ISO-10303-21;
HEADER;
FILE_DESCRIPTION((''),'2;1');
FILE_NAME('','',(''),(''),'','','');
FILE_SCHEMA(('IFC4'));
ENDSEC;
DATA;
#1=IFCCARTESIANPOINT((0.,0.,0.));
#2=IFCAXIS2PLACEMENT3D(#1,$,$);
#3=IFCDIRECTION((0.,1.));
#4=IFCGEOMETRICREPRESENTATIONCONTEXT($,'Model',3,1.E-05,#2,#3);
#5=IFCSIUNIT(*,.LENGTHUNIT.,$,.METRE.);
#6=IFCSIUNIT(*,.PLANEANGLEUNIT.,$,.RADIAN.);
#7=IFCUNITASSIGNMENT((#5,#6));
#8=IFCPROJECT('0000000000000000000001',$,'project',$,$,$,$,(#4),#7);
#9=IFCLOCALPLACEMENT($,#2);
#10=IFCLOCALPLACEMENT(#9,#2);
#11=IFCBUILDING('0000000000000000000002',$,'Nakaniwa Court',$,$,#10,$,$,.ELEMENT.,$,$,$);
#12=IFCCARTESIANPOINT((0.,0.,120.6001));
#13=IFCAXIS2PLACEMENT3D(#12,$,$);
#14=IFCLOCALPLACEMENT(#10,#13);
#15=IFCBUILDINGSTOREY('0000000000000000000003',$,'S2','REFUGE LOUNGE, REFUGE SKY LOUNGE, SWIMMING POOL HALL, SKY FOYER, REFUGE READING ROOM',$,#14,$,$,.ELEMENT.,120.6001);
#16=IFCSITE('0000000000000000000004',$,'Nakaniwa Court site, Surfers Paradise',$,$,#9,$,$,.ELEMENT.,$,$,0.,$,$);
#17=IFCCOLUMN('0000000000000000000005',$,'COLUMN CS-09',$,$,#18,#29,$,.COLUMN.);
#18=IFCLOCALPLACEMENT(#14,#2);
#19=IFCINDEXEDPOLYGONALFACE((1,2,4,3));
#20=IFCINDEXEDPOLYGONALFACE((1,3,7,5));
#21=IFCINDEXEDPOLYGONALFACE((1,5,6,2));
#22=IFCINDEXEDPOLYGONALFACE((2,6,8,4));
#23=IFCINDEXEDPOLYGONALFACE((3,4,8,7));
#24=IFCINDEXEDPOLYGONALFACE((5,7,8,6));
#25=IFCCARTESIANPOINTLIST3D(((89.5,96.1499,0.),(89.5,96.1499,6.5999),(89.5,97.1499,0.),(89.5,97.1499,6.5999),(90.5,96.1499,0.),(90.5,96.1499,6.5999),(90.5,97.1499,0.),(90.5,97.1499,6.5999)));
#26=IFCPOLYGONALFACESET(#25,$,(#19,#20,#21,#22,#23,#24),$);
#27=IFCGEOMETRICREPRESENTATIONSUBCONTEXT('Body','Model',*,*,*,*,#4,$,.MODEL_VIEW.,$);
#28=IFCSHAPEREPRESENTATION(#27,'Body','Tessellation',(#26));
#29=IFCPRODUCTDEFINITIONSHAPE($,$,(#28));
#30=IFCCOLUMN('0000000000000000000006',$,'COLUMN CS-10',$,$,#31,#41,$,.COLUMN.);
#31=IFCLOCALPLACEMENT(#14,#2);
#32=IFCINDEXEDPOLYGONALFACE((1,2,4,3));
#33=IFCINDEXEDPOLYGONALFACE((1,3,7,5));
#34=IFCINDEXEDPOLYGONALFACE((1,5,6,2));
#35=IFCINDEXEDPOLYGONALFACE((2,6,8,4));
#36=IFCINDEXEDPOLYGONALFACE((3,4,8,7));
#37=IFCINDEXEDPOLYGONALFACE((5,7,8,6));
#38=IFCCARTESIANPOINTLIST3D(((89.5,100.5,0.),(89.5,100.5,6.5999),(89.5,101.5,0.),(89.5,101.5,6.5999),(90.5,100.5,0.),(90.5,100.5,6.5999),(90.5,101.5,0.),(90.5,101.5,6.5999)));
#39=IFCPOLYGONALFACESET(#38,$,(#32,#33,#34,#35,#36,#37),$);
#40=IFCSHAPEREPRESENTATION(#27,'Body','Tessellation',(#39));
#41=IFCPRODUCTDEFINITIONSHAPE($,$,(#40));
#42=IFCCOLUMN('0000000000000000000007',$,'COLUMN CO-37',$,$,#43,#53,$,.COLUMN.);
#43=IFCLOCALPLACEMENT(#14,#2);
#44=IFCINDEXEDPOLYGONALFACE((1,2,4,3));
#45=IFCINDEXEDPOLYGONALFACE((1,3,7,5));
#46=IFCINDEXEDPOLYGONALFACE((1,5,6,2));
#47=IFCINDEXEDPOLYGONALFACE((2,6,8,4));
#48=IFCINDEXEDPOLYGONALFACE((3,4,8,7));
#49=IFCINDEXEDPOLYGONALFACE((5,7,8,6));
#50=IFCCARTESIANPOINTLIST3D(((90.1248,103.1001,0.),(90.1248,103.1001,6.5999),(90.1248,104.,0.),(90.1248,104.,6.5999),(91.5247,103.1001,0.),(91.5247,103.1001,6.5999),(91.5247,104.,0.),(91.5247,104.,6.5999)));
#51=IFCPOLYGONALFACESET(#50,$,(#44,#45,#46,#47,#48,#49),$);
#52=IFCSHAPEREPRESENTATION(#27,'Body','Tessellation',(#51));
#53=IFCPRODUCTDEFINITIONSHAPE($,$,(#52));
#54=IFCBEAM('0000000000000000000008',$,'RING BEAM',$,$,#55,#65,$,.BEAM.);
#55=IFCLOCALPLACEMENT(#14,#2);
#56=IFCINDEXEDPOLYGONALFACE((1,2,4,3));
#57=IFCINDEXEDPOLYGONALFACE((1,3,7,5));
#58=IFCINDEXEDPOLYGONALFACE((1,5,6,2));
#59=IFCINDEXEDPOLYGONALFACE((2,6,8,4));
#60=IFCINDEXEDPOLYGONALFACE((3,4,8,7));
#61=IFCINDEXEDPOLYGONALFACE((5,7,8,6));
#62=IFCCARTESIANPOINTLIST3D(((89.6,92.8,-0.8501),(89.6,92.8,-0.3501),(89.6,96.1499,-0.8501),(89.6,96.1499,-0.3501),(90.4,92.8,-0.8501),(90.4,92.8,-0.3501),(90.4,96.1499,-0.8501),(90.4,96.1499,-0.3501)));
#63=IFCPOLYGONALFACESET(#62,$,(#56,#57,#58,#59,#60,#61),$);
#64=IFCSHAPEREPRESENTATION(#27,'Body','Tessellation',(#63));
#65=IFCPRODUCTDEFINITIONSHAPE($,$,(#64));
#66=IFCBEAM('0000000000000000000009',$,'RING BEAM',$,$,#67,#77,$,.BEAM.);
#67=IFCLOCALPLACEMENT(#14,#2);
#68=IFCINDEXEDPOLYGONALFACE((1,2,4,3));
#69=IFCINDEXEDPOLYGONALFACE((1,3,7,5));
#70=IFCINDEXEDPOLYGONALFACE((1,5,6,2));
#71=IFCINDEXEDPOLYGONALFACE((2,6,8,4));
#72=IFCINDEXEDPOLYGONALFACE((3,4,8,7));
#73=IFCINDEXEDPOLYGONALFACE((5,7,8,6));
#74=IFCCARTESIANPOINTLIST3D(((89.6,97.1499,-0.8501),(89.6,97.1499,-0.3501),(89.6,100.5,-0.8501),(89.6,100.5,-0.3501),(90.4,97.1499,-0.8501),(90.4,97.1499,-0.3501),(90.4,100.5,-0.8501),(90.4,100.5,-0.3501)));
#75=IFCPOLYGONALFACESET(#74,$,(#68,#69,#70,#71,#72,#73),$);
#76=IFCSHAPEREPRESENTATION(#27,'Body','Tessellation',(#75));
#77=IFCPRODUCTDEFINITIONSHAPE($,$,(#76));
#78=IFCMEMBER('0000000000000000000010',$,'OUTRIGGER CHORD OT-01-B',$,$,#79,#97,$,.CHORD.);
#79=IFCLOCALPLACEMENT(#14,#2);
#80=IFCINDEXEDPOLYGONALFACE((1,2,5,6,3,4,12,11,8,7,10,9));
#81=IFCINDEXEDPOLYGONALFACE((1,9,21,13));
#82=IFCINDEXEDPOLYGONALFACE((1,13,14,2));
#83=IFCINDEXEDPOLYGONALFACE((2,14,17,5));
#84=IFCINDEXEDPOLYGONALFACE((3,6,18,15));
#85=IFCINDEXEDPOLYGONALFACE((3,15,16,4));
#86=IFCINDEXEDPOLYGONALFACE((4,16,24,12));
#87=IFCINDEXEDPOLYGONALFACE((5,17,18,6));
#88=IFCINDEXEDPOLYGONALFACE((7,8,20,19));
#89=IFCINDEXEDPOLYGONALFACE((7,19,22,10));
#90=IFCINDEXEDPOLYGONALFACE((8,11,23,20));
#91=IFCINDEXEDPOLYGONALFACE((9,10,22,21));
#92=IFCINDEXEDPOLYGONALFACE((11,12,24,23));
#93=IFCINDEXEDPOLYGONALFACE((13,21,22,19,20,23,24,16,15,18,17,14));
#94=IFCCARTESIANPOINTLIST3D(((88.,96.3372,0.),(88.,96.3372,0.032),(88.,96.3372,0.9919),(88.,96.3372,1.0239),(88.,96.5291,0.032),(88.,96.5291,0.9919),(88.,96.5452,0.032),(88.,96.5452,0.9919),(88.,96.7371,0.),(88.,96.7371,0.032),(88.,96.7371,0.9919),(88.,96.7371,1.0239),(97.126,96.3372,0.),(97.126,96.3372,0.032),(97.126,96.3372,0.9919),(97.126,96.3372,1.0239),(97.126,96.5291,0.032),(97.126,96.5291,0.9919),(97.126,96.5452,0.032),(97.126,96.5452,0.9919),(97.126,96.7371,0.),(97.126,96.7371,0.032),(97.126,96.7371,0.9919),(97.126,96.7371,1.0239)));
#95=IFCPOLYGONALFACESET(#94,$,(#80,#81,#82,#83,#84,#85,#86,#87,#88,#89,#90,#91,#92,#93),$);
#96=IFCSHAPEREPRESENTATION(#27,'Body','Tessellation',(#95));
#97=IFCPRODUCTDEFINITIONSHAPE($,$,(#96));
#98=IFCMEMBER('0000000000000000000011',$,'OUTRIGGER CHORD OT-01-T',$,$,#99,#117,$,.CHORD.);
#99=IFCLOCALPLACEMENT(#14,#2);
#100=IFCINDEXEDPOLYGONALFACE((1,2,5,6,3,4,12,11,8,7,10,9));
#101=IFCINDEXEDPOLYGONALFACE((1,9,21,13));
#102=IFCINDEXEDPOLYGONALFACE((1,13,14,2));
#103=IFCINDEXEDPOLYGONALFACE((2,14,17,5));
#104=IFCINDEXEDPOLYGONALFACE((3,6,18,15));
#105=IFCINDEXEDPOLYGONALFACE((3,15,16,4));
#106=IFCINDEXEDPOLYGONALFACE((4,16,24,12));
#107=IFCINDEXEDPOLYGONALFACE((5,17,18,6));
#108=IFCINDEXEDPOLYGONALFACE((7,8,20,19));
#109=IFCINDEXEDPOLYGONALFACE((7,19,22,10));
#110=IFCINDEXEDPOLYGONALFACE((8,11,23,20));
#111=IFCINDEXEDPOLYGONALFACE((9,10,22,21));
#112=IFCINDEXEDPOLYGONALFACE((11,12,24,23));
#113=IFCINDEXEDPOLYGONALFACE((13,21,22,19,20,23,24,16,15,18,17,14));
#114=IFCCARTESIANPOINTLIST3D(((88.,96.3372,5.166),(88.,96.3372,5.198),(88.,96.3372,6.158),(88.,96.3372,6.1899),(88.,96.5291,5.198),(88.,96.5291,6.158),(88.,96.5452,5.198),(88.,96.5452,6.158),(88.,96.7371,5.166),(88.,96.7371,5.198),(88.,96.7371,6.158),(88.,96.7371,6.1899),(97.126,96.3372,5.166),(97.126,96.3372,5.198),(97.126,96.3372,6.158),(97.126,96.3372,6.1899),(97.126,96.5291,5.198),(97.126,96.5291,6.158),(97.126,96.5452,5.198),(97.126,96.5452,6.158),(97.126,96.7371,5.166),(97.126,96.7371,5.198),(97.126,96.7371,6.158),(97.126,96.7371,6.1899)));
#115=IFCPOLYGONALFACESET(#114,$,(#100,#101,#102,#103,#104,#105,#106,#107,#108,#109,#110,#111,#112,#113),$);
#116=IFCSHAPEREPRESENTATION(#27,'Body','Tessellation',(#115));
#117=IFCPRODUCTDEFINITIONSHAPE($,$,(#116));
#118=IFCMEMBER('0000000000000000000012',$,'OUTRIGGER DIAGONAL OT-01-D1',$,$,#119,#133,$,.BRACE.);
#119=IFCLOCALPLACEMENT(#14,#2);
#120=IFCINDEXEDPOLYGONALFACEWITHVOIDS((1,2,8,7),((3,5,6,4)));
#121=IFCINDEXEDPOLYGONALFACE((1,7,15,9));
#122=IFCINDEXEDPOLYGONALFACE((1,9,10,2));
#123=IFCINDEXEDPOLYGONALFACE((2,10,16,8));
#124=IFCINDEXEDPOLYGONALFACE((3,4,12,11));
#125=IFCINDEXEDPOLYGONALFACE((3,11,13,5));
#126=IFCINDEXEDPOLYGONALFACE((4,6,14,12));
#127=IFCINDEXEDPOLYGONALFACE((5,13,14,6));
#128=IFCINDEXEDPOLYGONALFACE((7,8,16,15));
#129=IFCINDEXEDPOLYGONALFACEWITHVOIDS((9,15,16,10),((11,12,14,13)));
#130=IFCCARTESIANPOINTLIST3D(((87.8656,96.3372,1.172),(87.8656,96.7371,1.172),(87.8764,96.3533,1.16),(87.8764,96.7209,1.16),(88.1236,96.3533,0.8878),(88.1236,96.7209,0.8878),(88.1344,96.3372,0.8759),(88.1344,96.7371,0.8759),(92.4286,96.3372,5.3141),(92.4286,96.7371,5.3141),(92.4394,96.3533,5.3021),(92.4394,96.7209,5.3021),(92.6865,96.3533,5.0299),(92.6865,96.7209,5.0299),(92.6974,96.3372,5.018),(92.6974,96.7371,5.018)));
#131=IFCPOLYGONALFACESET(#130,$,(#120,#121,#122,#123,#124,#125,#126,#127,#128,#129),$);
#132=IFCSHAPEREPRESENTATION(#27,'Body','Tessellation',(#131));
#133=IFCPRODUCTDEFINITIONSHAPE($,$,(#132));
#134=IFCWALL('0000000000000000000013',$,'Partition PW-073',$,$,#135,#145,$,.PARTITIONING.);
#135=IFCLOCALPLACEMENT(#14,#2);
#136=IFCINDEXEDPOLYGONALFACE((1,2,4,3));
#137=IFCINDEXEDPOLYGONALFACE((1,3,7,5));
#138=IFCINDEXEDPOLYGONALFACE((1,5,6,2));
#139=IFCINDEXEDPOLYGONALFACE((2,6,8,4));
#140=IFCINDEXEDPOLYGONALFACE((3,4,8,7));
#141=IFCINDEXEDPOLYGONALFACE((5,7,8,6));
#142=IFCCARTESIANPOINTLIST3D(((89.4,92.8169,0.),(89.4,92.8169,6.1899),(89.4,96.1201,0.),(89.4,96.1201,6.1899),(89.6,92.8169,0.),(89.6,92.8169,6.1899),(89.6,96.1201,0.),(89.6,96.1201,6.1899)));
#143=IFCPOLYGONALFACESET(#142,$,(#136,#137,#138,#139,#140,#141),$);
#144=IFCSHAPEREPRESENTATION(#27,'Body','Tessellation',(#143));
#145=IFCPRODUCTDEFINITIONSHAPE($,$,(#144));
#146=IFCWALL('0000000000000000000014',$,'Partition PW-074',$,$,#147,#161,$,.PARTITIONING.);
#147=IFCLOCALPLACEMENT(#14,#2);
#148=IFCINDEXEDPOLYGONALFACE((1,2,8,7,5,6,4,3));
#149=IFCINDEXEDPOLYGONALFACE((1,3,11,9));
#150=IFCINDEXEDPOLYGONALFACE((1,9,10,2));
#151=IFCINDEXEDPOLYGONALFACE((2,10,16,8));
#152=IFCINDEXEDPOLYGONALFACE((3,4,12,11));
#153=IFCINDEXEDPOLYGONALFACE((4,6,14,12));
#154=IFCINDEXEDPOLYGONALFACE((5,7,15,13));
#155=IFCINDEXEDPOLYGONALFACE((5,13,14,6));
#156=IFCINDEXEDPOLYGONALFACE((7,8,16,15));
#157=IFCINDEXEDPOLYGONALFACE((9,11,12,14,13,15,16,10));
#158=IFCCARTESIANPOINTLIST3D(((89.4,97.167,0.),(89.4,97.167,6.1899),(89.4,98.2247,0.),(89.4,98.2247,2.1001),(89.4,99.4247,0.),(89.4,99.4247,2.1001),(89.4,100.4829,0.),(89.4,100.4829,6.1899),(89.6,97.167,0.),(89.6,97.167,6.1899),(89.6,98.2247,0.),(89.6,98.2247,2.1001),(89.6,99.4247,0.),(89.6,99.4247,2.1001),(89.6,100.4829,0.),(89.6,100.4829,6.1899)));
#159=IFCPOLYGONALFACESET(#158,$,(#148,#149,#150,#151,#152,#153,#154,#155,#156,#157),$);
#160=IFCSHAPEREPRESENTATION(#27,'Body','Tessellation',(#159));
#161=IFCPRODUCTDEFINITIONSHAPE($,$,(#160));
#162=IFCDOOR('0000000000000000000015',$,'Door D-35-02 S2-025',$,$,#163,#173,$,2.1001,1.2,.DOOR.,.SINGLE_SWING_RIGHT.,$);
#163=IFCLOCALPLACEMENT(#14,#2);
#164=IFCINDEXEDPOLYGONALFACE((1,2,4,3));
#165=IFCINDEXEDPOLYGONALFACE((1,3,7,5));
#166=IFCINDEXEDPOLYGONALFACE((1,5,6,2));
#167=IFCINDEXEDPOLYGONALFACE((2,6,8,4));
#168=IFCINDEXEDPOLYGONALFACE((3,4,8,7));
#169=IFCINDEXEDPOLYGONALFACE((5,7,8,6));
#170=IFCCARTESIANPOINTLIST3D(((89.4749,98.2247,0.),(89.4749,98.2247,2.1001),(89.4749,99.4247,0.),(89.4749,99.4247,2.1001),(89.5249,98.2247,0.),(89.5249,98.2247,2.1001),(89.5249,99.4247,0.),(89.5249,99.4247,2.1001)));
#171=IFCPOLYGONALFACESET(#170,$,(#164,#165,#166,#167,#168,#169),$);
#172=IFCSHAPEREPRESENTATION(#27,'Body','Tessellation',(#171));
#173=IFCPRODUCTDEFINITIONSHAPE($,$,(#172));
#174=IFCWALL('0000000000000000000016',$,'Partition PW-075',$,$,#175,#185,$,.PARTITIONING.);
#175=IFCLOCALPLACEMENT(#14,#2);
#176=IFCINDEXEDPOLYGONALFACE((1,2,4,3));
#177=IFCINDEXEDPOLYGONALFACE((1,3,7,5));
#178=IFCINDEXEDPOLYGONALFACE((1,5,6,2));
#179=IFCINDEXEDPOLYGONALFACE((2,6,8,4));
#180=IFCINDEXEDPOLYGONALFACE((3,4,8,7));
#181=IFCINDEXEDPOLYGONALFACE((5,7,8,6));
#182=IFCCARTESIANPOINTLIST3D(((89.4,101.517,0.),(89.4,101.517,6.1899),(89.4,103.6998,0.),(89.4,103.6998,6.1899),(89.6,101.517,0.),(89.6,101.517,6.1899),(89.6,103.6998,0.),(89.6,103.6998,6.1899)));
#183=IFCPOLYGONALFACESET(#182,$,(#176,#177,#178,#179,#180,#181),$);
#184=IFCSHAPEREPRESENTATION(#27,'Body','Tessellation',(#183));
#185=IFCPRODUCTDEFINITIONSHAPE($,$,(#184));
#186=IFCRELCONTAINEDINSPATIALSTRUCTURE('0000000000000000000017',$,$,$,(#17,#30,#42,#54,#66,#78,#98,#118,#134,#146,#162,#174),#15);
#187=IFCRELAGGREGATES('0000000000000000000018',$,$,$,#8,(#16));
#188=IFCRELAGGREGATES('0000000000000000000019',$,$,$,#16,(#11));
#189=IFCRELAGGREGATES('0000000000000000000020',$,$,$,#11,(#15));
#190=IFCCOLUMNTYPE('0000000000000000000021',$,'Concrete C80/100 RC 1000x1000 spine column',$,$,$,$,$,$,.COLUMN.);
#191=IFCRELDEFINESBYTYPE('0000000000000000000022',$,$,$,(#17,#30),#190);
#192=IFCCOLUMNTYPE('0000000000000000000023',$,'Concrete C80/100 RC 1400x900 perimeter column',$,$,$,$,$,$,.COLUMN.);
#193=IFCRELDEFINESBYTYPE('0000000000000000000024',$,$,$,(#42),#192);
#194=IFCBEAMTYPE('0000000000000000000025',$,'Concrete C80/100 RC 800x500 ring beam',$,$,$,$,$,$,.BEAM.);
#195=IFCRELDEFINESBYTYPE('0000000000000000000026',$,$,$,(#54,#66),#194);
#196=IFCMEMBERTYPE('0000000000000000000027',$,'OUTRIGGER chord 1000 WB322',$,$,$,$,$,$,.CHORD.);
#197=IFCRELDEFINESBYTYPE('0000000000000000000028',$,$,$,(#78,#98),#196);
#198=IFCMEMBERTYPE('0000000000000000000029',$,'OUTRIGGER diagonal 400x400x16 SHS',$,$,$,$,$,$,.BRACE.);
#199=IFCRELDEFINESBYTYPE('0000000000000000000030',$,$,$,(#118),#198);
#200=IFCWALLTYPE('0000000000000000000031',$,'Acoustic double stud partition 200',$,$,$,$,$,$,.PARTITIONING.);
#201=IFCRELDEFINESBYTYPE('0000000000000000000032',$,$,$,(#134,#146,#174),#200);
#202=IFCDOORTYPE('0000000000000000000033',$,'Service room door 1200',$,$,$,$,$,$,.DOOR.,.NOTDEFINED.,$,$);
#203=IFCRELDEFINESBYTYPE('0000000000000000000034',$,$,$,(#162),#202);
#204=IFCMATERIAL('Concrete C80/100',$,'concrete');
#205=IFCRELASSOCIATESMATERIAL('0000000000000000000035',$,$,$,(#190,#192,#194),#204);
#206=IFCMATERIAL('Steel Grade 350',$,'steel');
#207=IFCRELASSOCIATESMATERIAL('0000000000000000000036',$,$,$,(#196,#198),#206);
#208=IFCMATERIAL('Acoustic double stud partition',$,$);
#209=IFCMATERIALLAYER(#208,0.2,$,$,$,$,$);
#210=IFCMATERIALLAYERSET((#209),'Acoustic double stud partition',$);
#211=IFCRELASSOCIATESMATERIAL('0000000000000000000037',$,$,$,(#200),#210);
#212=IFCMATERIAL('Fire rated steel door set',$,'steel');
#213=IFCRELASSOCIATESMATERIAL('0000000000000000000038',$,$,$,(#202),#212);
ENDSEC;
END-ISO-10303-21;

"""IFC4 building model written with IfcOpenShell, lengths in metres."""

from ifc_helpers import new_model, si_unit, direction, frame, frame_2d, origin, origin_2d, place, context, subcontext, project, spatial, rectangle, hollow_rectangle, i_section, extrude, material, layer, layer_set, material_profile, profile_set, type_object, element, fill, save


model = new_model("IFC4")

# Units and contexts
model_context = context("Model", 3, precision=1e-05, world=origin(), true_north=direction((0.0, 1.0)))
body_context = subcontext(model_context, "Body", "Model", "MODEL_VIEW")
ifc_project = project(units=[si_unit("LENGTHUNIT", "METRE"), si_unit("PLANEANGLEUNIT", "RADIAN")], contexts=[model_context])

# Site, building, storey
site_placement = place(None, origin())
site = spatial("IfcSite", under=ifc_project, at=site_placement, Name="Nakaniwa Court site, Surfers Paradise", CompositionType="ELEMENT", RefElevation=0.0)
building_placement = place(site_placement, origin())
building = spatial("IfcBuilding", under=site, at=building_placement, Name="Nakaniwa Court", CompositionType="ELEMENT")
storey_placement = place(building_placement, frame((0.0, 0.0, 120.6001)))
storey = spatial("IfcBuildingStorey", under=building, at=storey_placement, Name="S2", Description="REFUGE LOUNGE, REFUGE SKY LOUNGE, SWIMMING POOL HALL, SKY FOYER, REFUGE READING ROOM", CompositionType="ELEMENT", Elevation=120.6001)

# Columns
ifc_material_1 = material(Name="Concrete C80/100", Category="concrete")
ifc_material_profile_1 = material_profile(ifc_material_1, rectangle(XDim=1.0, YDim=1.0, at=origin_2d()), Name="Concrete C80/100 RC 1000x1000 spine column")
ifc_profile_set_1 = profile_set([ifc_material_profile_1], Name="Concrete C80/100")
column_type_1 = type_object("IfcColumnType", Name="Concrete C80/100 RC 1000x1000 spine column", PredefinedType="COLUMN", material=ifc_profile_set_1)
for number, where, z_axis, x_axis, name in (
    (1, (90.0, 96.6499, 0.0), (0.0, 0.0, 1.0), (0.0, 1.0, 0.0), "COLUMN CS-09"),
    (2, (90.0, 101.0, 0.0), (0.0, 0.0, 1.0), (0.0, 1.0, 0.0), "COLUMN CS-10"),
):
    element("IfcColumn", number, at=place(storey_placement, frame(where, z_axis=z_axis, x_axis=x_axis)), inside=storey, type_object=column_type_1, Name=name, PredefinedType="COLUMN", context=body_context, shape_type="SweptSolid", body=[
        extrude(rectangle(XDim=1.0, YDim=1.0, at=origin_2d()), origin(), (0.0, 0.0, 1.0), 6.5999),
    ])
ifc_material_profile_2 = material_profile(ifc_material_1, rectangle(XDim=1.3999, YDim=0.8999, at=origin_2d()), Name="Concrete C80/100 RC 1400x900 perimeter column")
ifc_profile_set_2 = profile_set([ifc_material_profile_2], Name="Concrete C80/100")
column_type_2 = type_object("IfcColumnType", Name="Concrete C80/100 RC 1400x900 perimeter column", PredefinedType="COLUMN", material=ifc_profile_set_2)
column_placement = place(storey_placement, frame((90.8247, 103.55, 0.0), z_axis=(0.0, 0.0, 1.0), x_axis=(-1.0, 0.0, 0.0)))
element("IfcColumn", 3, at=column_placement, inside=storey, type_object=column_type_2, Name="COLUMN CO-37", PredefinedType="COLUMN", context=body_context, shape_type="SweptSolid", body=[
    extrude(rectangle(XDim=1.3999, YDim=0.8999, at=origin_2d()), origin(), (0.0, 0.0, 1.0), 6.5999),
])

# Beams
ifc_material_profile_3 = material_profile(ifc_material_1, rectangle(XDim=0.8, YDim=0.5, at=origin_2d()), Name="Concrete C80/100 RC 800x500 ring beam")
ifc_profile_set_3 = profile_set([ifc_material_profile_3], Name="Concrete C80/100")
beam_type = type_object("IfcBeamType", Name="Concrete C80/100 RC 800x500 ring beam", PredefinedType="BEAM", material=ifc_profile_set_3)
beam_1_placement = place(storey_placement, frame((90.0, 92.8, -0.6001), z_axis=(0.0, 1.0, 0.0), x_axis=(-1.0, 0.0, 0.0)))
element("IfcBeam", 4, at=beam_1_placement, inside=storey, type_object=beam_type, Name="RING BEAM", PredefinedType="BEAM", context=body_context, shape_type="SweptSolid", body=[
    extrude(rectangle(XDim=0.8, YDim=0.5, at=origin_2d()), origin(), (0.0, 0.0, 1.0), 3.3499),
])
beam_2_placement = place(storey_placement, frame((90.0, 97.1499, -0.6001), z_axis=(0.0, 1.0, 0.0), x_axis=(-1.0, 0.0, 0.0)))
element("IfcBeam", 5, at=beam_2_placement, inside=storey, type_object=beam_type, Name="RING BEAM", PredefinedType="BEAM", context=body_context, shape_type="SweptSolid", body=[
    extrude(rectangle(XDim=0.8, YDim=0.5, at=origin_2d()), origin(), (0.0, 0.0, 1.0), 3.3501),
])

# Members
ifc_material_2 = material(Name="Steel Grade 350", Category="steel")
ifc_material_profile_4 = material_profile(ifc_material_2, i_section(OverallWidth=0.3999, OverallDepth=1.0239, WebThickness=0.0161, FlangeThickness=0.032, at=origin_2d()), Name="1000WB322")
ifc_profile_set_4 = profile_set([ifc_material_profile_4], Name="Steel Grade 350")
member_type_1 = type_object("IfcMemberType", Name="OUTRIGGER chord 1000 WB322", PredefinedType="CHORD", material=ifc_profile_set_4)
for number, where, z_axis, x_axis, name in (
    (6, (88.0, 96.5371, 0.512), (1.0, 0.0, 0.0), (0.0, 1.0, 0.0), "OUTRIGGER CHORD OT-01-B"),
    (7, (88.0, 96.5371, 5.678), (1.0, 0.0, 0.0), (0.0, 1.0, 0.0), "OUTRIGGER CHORD OT-01-T"),
):
    element("IfcMember", number, at=place(storey_placement, frame(where, z_axis=z_axis, x_axis=x_axis)), inside=storey, type_object=member_type_1, Name=name, PredefinedType="CHORD", context=body_context, shape_type="SweptSolid", body=[
        extrude(i_section(OverallWidth=0.3999, OverallDepth=1.0239, WebThickness=0.0161, FlangeThickness=0.032, at=origin_2d()), origin(), (0.0, 0.0, 1.0), 9.126),
    ])
ifc_material_profile_5 = material_profile(ifc_material_2, hollow_rectangle(XDim=0.3999, YDim=0.3999, WallThickness=0.0161, at=origin_2d()), Name="OUTRIGGER diagonal 400x400x16 SHS")
ifc_profile_set_5 = profile_set([ifc_material_profile_5], Name="Steel Grade 350")
member_type_2 = type_object("IfcMemberType", Name="OUTRIGGER diagonal 400x400x16 SHS", PredefinedType="BRACE", material=ifc_profile_set_5)
member_placement = place(storey_placement, frame((88.0, 96.5371, 1.0239), z_axis=(0.740431, 0.0, 0.672132), x_axis=(0.0, 1.0, 0.0)))
element("IfcMember", 8, at=member_placement, inside=storey, type_object=member_type_2, Name="OUTRIGGER DIAGONAL OT-01-D1", PredefinedType="BRACE", context=body_context, shape_type="SweptSolid", body=[
    extrude(hollow_rectangle(XDim=0.3999, YDim=0.3999, WallThickness=0.0161, at=origin_2d()), origin(), (0.0, 0.0, 1.0), 6.1626),
])

# Wall
ifc_material_3 = material(Name="Acoustic double stud partition")
ifc_layer_1 = layer(ifc_material_3, 0.2)
ifc_layer_set_1 = layer_set([ifc_layer_1], Name="Acoustic double stud partition")
wall_type_1 = type_object("IfcWallType", Name="Acoustic double stud partition 200", PredefinedType="PARTITIONING", material=ifc_layer_set_1)
wall_1_placement = place(storey_placement, frame((89.5, 92.8169, 0.0), z_axis=(0.0, 0.0, 1.0), x_axis=(0.0, 1.0, 0.0)))
element("IfcWall", 9, at=wall_1_placement, inside=storey, type_object=wall_type_1, Name="Partition PW-073", PredefinedType="PARTITIONING", context=body_context, shape_type="SweptSolid", body=[
    extrude(rectangle(XDim=3.3032, YDim=0.2, at=frame_2d((1.6516, 0.0))), origin(), (0.0, 0.0, 1.0), 6.1899),
])

# Wall, opening, door
wall_2_placement = place(storey_placement, frame((89.5, 100.4829, 0.0), z_axis=(0.0, 0.0, 1.0), x_axis=(0.0, -1.0, 0.0)))
wall_2 = element("IfcWall", 10, at=wall_2_placement, inside=storey, type_object=wall_type_1, Name="Partition PW-074", PredefinedType="PARTITIONING", context=body_context, shape_type="SweptSolid", body=[
    extrude(rectangle(XDim=3.3159, YDim=0.2, at=frame_2d((1.658, 0.0))), origin(), (0.0, 0.0, 1.0), 6.1899),
])
opening_1_placement = place(wall_2_placement, frame((1.0581, 0.0, 0.0)))
opening_1 = element("IfcOpeningElement", 11, at=opening_1_placement, cuts=wall_2, PredefinedType="OPENING", context=body_context, shape_type="SweptSolid", body=[
    extrude(rectangle(XDim=1.2, YDim=2.1001, at=frame_2d((0.6001, 1.05))), frame((0.0, 0.1099, 0.0), z_axis=(0.0, -1.0, 0.0), x_axis=(1.0, 0.0, 0.0)), (0.0, 0.0, 1.0), 0.22),
])
ifc_material_4 = material(Name="Fire rated steel door set", Category="steel")
door_type_1 = type_object("IfcDoorType", Name="Service room door 1200", OperationType="NOTDEFINED", PredefinedType="DOOR", material=ifc_material_4)
door_1_placement = place(opening_1_placement, origin())
door_1 = element("IfcDoor", 12, at=door_1_placement, inside=storey, type_object=door_type_1, Name="Door D-35-02 S2-025", OperationType="SINGLE_SWING_RIGHT", OverallHeight=2.1001, OverallWidth=1.2, PredefinedType="DOOR", context=body_context, shape_type="SweptSolid", body=[
    extrude(rectangle(XDim=1.2, YDim=2.1001, at=frame_2d((0.6001, 1.05))), frame((0.0, 0.0249, 0.0), z_axis=(0.0, -1.0, 0.0), x_axis=(1.0, 0.0, 0.0)), (0.0, 0.0, 1.0), 0.05),
])
fill(opening_1, door_1)

# Wall
wall_3_placement = place(storey_placement, frame((89.5, 101.5171, 0.0), z_axis=(0.0, 0.0, 1.0), x_axis=(0.0, 1.0, 0.0)))
element("IfcWall", 13, at=wall_3_placement, inside=storey, type_object=wall_type_1, Name="Partition PW-075", PredefinedType="PARTITIONING", context=body_context, shape_type="SweptSolid", body=[
    extrude(rectangle(XDim=2.1829, YDim=0.2, at=frame_2d((1.0913, 0.0))), origin(), (0.0, 0.0, 1.0), 6.1899),
])

save(model, "model.ifc")
